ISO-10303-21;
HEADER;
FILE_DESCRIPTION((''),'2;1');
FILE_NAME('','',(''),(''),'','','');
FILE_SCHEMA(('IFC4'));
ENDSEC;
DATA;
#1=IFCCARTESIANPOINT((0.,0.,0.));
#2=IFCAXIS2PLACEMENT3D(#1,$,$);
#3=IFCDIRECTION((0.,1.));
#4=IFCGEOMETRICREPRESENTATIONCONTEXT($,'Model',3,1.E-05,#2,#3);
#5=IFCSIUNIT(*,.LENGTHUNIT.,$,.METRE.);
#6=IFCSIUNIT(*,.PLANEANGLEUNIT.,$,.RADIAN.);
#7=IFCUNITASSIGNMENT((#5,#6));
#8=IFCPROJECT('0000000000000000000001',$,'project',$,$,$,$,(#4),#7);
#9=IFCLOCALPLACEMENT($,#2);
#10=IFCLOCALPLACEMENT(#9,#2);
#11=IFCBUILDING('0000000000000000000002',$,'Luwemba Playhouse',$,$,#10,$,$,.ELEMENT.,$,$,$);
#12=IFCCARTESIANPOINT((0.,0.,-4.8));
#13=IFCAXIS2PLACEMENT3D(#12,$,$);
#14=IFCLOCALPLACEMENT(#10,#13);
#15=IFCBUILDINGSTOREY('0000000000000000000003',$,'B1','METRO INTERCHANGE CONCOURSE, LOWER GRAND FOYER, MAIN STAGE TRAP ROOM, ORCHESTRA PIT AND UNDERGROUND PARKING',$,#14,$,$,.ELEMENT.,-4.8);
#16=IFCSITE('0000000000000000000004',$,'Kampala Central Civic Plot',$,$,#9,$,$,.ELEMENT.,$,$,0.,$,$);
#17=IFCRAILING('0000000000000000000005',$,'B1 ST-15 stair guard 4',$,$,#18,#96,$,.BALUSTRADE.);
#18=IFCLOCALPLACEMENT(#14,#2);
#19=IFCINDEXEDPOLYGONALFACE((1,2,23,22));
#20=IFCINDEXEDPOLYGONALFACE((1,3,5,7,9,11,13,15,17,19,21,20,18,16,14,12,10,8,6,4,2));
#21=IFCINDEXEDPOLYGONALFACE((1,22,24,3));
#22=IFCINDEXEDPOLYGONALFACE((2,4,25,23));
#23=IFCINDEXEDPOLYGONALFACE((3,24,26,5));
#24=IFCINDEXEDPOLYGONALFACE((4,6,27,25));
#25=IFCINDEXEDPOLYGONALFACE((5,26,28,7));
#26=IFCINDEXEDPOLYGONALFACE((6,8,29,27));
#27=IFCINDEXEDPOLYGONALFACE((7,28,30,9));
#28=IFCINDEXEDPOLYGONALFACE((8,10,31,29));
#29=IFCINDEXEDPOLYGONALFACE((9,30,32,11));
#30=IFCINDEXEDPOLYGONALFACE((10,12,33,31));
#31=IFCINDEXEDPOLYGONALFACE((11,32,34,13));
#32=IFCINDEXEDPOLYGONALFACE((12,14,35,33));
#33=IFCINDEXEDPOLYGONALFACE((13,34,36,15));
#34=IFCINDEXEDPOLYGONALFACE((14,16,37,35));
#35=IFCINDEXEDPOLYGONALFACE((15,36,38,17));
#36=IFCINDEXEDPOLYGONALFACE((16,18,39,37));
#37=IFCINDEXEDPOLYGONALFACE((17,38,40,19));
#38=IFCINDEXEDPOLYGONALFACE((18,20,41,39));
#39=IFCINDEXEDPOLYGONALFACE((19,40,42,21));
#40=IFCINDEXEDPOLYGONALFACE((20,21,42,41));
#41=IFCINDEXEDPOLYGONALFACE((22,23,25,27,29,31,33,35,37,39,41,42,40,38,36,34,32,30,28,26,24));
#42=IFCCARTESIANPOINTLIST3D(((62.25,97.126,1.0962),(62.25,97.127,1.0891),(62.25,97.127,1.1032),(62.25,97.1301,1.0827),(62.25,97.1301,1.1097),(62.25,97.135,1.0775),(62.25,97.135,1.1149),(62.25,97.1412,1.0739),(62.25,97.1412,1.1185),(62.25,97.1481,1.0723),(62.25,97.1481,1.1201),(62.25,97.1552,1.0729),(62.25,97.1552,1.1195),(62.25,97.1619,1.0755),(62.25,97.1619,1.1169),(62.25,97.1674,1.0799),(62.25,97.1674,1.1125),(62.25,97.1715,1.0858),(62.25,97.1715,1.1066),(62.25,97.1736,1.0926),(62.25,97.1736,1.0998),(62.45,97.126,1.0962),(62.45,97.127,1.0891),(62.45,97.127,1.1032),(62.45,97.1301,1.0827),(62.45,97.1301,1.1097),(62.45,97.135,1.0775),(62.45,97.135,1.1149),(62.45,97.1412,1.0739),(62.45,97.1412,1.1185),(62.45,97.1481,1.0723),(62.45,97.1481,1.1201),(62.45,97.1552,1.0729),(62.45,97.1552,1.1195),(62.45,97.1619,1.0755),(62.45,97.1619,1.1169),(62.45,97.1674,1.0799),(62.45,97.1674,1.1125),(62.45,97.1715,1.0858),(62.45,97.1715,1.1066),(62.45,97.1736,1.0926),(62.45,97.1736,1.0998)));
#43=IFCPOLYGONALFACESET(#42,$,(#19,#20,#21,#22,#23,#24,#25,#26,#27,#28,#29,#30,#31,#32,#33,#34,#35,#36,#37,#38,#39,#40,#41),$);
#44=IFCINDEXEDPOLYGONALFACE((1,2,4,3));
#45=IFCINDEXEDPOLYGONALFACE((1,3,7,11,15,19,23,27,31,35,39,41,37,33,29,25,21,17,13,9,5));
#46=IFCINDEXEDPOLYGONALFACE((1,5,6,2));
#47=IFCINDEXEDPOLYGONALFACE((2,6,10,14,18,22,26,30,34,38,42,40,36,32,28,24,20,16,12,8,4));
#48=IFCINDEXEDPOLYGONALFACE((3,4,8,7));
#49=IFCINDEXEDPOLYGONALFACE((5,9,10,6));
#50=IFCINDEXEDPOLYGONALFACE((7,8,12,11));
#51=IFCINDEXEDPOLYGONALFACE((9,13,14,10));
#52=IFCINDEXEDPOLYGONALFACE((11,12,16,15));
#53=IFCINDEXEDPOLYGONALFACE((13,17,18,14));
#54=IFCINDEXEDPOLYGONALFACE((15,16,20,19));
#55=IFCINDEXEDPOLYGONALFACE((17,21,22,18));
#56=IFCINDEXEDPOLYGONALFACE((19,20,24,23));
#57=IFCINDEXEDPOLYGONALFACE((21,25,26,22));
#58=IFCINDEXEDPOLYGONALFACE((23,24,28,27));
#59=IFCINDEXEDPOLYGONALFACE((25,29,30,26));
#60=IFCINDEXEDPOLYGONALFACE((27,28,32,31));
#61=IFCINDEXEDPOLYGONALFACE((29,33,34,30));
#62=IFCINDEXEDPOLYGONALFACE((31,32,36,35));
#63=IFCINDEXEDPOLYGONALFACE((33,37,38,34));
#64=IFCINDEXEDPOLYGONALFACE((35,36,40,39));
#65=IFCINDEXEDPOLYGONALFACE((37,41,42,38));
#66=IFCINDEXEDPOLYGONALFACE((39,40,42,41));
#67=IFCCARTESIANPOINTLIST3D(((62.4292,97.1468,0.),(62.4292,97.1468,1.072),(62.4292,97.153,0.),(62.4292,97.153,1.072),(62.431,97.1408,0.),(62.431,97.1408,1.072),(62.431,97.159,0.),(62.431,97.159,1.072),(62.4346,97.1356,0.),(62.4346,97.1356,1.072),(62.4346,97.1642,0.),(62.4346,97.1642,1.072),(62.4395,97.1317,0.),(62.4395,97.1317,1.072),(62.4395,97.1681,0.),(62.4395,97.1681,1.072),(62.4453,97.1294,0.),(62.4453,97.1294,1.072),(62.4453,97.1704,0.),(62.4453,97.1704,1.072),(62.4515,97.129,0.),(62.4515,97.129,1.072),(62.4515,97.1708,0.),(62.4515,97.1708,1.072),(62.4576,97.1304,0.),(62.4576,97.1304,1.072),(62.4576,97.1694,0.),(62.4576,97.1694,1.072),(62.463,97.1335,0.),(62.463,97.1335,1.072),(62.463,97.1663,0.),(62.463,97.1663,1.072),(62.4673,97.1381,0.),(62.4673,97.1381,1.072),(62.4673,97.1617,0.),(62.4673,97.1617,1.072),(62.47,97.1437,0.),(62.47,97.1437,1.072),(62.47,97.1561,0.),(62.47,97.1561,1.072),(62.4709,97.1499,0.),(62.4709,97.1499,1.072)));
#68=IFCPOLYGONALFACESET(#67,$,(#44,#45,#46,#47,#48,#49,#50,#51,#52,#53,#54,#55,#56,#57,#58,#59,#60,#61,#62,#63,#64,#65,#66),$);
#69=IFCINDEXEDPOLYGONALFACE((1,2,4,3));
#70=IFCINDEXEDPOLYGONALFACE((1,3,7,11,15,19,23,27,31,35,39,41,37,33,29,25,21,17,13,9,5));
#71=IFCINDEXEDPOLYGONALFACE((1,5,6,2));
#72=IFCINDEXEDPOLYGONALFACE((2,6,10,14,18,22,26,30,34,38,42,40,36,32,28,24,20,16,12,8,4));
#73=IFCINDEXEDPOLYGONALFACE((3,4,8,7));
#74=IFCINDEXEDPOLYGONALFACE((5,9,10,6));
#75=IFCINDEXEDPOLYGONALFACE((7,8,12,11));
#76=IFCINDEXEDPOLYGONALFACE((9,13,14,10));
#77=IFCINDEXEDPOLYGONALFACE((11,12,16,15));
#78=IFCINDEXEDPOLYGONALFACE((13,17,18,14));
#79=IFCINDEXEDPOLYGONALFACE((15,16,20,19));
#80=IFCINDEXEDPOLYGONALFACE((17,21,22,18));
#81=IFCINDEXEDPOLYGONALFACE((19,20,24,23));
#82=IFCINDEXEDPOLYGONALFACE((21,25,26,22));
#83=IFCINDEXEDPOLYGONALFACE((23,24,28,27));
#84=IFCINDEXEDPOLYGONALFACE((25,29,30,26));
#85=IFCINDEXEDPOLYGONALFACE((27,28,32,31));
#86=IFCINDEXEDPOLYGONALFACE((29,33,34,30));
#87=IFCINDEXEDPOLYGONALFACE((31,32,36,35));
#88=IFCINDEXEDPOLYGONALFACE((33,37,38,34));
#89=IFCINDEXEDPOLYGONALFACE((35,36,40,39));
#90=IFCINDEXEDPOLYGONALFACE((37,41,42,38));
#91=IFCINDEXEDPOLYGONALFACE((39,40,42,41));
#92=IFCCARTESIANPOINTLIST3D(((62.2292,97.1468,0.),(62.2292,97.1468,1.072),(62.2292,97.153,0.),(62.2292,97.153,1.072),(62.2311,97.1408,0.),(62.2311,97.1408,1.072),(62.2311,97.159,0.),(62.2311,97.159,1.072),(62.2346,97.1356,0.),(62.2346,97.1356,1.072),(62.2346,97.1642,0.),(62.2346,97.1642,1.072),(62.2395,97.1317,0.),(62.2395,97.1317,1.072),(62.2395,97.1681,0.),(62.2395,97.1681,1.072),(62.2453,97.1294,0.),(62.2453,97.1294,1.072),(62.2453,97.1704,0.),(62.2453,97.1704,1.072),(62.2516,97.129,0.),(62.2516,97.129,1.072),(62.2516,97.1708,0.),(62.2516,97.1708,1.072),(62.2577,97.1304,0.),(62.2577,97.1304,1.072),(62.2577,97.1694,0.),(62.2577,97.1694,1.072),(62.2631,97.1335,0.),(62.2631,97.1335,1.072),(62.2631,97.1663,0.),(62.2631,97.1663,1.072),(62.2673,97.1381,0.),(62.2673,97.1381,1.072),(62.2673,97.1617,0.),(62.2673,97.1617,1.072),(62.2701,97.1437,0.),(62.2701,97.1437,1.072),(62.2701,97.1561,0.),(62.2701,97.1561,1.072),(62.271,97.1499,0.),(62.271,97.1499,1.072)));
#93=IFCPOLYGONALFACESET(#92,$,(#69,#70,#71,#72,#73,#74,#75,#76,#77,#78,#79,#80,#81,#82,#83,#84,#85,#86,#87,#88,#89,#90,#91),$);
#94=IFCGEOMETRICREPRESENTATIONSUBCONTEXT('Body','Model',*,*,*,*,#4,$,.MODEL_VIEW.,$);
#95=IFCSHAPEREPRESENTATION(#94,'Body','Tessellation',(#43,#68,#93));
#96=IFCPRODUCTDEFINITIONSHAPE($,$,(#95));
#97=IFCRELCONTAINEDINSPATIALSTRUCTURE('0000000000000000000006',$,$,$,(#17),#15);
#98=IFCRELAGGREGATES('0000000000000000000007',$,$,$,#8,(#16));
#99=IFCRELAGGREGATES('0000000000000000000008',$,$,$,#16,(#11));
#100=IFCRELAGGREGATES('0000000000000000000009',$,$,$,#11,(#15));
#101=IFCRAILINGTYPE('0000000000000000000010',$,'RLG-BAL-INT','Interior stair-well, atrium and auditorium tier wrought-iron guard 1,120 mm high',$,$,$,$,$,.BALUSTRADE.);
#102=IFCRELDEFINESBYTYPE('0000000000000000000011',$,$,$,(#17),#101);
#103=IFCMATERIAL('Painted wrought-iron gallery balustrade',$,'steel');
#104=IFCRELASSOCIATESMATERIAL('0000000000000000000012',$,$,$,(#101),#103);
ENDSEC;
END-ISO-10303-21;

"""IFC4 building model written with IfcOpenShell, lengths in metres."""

from ifc_helpers import new_model, si_unit, direction, frame, origin, origin_2d, place, context, subcontext, project, spatial, circle, extrude, material, type_object, element, save


model = new_model("IFC4")

# Units and contexts
model_context = context("Model", 3, precision=1e-05, world=origin(), true_north=direction((0.0, 1.0)))
body_context = subcontext(model_context, "Body", "Model", "MODEL_VIEW")
ifc_project = project(units=[si_unit("LENGTHUNIT", "METRE"), si_unit("PLANEANGLEUNIT", "RADIAN")], contexts=[model_context])

# Site, building, storey
site_placement = place(None, origin())
site = spatial("IfcSite", under=ifc_project, at=site_placement, Name="Kampala Central Civic Plot", CompositionType="ELEMENT", RefElevation=0.0)
building_placement = place(site_placement, origin())
building = spatial("IfcBuilding", under=site, at=building_placement, Name="Luwemba Playhouse", CompositionType="ELEMENT")
storey_placement = place(building_placement, frame((0.0, 0.0, -4.8)))
storey = spatial("IfcBuildingStorey", under=building, at=storey_placement, Name="B1", Description="METRO INTERCHANGE CONCOURSE, LOWER GRAND FOYER, MAIN STAGE TRAP ROOM, ORCHESTRA PIT AND UNDERGROUND PARKING", CompositionType="ELEMENT", Elevation=-4.8)

# Railing
ifc_material_1 = material(Name="Painted wrought-iron gallery balustrade", Category="steel")
railing_type_1 = type_object("IfcRailingType", Name="RLG-BAL-INT", Description="Interior stair-well, atrium and auditorium tier wrought-iron guard 1,120 mm high", PredefinedType="BALUSTRADE", material=ifc_material_1)
railing_1_placement = place(storey_placement, frame((62.45, 97.1499, 0.0)))
element("IfcRailing", 1, at=railing_1_placement, inside=storey, type_object=railing_type_1, Name="B1 ST-15 stair guard 4", PredefinedType="BALUSTRADE", context=body_context, shape_type="SweptSolid", body=[
    extrude(circle(Radius=0.0239, at=origin_2d()), frame((0.0, 0.0, 1.0962), z_axis=(-1.0, 0.0, 0.0), x_axis=(0.0, -1.0, 0.0)), (0.0, 0.0, 1.0), 0.2),
    extrude(circle(Radius=0.021, at=origin_2d()), origin(), (0.0, 0.0, 1.0), 1.072),
    extrude(circle(Radius=0.021, at=origin_2d()), frame((-0.2, 0.0, 0.0)), (0.0, 0.0, 1.0), 1.072),
])

save(model, "model.ifc")
